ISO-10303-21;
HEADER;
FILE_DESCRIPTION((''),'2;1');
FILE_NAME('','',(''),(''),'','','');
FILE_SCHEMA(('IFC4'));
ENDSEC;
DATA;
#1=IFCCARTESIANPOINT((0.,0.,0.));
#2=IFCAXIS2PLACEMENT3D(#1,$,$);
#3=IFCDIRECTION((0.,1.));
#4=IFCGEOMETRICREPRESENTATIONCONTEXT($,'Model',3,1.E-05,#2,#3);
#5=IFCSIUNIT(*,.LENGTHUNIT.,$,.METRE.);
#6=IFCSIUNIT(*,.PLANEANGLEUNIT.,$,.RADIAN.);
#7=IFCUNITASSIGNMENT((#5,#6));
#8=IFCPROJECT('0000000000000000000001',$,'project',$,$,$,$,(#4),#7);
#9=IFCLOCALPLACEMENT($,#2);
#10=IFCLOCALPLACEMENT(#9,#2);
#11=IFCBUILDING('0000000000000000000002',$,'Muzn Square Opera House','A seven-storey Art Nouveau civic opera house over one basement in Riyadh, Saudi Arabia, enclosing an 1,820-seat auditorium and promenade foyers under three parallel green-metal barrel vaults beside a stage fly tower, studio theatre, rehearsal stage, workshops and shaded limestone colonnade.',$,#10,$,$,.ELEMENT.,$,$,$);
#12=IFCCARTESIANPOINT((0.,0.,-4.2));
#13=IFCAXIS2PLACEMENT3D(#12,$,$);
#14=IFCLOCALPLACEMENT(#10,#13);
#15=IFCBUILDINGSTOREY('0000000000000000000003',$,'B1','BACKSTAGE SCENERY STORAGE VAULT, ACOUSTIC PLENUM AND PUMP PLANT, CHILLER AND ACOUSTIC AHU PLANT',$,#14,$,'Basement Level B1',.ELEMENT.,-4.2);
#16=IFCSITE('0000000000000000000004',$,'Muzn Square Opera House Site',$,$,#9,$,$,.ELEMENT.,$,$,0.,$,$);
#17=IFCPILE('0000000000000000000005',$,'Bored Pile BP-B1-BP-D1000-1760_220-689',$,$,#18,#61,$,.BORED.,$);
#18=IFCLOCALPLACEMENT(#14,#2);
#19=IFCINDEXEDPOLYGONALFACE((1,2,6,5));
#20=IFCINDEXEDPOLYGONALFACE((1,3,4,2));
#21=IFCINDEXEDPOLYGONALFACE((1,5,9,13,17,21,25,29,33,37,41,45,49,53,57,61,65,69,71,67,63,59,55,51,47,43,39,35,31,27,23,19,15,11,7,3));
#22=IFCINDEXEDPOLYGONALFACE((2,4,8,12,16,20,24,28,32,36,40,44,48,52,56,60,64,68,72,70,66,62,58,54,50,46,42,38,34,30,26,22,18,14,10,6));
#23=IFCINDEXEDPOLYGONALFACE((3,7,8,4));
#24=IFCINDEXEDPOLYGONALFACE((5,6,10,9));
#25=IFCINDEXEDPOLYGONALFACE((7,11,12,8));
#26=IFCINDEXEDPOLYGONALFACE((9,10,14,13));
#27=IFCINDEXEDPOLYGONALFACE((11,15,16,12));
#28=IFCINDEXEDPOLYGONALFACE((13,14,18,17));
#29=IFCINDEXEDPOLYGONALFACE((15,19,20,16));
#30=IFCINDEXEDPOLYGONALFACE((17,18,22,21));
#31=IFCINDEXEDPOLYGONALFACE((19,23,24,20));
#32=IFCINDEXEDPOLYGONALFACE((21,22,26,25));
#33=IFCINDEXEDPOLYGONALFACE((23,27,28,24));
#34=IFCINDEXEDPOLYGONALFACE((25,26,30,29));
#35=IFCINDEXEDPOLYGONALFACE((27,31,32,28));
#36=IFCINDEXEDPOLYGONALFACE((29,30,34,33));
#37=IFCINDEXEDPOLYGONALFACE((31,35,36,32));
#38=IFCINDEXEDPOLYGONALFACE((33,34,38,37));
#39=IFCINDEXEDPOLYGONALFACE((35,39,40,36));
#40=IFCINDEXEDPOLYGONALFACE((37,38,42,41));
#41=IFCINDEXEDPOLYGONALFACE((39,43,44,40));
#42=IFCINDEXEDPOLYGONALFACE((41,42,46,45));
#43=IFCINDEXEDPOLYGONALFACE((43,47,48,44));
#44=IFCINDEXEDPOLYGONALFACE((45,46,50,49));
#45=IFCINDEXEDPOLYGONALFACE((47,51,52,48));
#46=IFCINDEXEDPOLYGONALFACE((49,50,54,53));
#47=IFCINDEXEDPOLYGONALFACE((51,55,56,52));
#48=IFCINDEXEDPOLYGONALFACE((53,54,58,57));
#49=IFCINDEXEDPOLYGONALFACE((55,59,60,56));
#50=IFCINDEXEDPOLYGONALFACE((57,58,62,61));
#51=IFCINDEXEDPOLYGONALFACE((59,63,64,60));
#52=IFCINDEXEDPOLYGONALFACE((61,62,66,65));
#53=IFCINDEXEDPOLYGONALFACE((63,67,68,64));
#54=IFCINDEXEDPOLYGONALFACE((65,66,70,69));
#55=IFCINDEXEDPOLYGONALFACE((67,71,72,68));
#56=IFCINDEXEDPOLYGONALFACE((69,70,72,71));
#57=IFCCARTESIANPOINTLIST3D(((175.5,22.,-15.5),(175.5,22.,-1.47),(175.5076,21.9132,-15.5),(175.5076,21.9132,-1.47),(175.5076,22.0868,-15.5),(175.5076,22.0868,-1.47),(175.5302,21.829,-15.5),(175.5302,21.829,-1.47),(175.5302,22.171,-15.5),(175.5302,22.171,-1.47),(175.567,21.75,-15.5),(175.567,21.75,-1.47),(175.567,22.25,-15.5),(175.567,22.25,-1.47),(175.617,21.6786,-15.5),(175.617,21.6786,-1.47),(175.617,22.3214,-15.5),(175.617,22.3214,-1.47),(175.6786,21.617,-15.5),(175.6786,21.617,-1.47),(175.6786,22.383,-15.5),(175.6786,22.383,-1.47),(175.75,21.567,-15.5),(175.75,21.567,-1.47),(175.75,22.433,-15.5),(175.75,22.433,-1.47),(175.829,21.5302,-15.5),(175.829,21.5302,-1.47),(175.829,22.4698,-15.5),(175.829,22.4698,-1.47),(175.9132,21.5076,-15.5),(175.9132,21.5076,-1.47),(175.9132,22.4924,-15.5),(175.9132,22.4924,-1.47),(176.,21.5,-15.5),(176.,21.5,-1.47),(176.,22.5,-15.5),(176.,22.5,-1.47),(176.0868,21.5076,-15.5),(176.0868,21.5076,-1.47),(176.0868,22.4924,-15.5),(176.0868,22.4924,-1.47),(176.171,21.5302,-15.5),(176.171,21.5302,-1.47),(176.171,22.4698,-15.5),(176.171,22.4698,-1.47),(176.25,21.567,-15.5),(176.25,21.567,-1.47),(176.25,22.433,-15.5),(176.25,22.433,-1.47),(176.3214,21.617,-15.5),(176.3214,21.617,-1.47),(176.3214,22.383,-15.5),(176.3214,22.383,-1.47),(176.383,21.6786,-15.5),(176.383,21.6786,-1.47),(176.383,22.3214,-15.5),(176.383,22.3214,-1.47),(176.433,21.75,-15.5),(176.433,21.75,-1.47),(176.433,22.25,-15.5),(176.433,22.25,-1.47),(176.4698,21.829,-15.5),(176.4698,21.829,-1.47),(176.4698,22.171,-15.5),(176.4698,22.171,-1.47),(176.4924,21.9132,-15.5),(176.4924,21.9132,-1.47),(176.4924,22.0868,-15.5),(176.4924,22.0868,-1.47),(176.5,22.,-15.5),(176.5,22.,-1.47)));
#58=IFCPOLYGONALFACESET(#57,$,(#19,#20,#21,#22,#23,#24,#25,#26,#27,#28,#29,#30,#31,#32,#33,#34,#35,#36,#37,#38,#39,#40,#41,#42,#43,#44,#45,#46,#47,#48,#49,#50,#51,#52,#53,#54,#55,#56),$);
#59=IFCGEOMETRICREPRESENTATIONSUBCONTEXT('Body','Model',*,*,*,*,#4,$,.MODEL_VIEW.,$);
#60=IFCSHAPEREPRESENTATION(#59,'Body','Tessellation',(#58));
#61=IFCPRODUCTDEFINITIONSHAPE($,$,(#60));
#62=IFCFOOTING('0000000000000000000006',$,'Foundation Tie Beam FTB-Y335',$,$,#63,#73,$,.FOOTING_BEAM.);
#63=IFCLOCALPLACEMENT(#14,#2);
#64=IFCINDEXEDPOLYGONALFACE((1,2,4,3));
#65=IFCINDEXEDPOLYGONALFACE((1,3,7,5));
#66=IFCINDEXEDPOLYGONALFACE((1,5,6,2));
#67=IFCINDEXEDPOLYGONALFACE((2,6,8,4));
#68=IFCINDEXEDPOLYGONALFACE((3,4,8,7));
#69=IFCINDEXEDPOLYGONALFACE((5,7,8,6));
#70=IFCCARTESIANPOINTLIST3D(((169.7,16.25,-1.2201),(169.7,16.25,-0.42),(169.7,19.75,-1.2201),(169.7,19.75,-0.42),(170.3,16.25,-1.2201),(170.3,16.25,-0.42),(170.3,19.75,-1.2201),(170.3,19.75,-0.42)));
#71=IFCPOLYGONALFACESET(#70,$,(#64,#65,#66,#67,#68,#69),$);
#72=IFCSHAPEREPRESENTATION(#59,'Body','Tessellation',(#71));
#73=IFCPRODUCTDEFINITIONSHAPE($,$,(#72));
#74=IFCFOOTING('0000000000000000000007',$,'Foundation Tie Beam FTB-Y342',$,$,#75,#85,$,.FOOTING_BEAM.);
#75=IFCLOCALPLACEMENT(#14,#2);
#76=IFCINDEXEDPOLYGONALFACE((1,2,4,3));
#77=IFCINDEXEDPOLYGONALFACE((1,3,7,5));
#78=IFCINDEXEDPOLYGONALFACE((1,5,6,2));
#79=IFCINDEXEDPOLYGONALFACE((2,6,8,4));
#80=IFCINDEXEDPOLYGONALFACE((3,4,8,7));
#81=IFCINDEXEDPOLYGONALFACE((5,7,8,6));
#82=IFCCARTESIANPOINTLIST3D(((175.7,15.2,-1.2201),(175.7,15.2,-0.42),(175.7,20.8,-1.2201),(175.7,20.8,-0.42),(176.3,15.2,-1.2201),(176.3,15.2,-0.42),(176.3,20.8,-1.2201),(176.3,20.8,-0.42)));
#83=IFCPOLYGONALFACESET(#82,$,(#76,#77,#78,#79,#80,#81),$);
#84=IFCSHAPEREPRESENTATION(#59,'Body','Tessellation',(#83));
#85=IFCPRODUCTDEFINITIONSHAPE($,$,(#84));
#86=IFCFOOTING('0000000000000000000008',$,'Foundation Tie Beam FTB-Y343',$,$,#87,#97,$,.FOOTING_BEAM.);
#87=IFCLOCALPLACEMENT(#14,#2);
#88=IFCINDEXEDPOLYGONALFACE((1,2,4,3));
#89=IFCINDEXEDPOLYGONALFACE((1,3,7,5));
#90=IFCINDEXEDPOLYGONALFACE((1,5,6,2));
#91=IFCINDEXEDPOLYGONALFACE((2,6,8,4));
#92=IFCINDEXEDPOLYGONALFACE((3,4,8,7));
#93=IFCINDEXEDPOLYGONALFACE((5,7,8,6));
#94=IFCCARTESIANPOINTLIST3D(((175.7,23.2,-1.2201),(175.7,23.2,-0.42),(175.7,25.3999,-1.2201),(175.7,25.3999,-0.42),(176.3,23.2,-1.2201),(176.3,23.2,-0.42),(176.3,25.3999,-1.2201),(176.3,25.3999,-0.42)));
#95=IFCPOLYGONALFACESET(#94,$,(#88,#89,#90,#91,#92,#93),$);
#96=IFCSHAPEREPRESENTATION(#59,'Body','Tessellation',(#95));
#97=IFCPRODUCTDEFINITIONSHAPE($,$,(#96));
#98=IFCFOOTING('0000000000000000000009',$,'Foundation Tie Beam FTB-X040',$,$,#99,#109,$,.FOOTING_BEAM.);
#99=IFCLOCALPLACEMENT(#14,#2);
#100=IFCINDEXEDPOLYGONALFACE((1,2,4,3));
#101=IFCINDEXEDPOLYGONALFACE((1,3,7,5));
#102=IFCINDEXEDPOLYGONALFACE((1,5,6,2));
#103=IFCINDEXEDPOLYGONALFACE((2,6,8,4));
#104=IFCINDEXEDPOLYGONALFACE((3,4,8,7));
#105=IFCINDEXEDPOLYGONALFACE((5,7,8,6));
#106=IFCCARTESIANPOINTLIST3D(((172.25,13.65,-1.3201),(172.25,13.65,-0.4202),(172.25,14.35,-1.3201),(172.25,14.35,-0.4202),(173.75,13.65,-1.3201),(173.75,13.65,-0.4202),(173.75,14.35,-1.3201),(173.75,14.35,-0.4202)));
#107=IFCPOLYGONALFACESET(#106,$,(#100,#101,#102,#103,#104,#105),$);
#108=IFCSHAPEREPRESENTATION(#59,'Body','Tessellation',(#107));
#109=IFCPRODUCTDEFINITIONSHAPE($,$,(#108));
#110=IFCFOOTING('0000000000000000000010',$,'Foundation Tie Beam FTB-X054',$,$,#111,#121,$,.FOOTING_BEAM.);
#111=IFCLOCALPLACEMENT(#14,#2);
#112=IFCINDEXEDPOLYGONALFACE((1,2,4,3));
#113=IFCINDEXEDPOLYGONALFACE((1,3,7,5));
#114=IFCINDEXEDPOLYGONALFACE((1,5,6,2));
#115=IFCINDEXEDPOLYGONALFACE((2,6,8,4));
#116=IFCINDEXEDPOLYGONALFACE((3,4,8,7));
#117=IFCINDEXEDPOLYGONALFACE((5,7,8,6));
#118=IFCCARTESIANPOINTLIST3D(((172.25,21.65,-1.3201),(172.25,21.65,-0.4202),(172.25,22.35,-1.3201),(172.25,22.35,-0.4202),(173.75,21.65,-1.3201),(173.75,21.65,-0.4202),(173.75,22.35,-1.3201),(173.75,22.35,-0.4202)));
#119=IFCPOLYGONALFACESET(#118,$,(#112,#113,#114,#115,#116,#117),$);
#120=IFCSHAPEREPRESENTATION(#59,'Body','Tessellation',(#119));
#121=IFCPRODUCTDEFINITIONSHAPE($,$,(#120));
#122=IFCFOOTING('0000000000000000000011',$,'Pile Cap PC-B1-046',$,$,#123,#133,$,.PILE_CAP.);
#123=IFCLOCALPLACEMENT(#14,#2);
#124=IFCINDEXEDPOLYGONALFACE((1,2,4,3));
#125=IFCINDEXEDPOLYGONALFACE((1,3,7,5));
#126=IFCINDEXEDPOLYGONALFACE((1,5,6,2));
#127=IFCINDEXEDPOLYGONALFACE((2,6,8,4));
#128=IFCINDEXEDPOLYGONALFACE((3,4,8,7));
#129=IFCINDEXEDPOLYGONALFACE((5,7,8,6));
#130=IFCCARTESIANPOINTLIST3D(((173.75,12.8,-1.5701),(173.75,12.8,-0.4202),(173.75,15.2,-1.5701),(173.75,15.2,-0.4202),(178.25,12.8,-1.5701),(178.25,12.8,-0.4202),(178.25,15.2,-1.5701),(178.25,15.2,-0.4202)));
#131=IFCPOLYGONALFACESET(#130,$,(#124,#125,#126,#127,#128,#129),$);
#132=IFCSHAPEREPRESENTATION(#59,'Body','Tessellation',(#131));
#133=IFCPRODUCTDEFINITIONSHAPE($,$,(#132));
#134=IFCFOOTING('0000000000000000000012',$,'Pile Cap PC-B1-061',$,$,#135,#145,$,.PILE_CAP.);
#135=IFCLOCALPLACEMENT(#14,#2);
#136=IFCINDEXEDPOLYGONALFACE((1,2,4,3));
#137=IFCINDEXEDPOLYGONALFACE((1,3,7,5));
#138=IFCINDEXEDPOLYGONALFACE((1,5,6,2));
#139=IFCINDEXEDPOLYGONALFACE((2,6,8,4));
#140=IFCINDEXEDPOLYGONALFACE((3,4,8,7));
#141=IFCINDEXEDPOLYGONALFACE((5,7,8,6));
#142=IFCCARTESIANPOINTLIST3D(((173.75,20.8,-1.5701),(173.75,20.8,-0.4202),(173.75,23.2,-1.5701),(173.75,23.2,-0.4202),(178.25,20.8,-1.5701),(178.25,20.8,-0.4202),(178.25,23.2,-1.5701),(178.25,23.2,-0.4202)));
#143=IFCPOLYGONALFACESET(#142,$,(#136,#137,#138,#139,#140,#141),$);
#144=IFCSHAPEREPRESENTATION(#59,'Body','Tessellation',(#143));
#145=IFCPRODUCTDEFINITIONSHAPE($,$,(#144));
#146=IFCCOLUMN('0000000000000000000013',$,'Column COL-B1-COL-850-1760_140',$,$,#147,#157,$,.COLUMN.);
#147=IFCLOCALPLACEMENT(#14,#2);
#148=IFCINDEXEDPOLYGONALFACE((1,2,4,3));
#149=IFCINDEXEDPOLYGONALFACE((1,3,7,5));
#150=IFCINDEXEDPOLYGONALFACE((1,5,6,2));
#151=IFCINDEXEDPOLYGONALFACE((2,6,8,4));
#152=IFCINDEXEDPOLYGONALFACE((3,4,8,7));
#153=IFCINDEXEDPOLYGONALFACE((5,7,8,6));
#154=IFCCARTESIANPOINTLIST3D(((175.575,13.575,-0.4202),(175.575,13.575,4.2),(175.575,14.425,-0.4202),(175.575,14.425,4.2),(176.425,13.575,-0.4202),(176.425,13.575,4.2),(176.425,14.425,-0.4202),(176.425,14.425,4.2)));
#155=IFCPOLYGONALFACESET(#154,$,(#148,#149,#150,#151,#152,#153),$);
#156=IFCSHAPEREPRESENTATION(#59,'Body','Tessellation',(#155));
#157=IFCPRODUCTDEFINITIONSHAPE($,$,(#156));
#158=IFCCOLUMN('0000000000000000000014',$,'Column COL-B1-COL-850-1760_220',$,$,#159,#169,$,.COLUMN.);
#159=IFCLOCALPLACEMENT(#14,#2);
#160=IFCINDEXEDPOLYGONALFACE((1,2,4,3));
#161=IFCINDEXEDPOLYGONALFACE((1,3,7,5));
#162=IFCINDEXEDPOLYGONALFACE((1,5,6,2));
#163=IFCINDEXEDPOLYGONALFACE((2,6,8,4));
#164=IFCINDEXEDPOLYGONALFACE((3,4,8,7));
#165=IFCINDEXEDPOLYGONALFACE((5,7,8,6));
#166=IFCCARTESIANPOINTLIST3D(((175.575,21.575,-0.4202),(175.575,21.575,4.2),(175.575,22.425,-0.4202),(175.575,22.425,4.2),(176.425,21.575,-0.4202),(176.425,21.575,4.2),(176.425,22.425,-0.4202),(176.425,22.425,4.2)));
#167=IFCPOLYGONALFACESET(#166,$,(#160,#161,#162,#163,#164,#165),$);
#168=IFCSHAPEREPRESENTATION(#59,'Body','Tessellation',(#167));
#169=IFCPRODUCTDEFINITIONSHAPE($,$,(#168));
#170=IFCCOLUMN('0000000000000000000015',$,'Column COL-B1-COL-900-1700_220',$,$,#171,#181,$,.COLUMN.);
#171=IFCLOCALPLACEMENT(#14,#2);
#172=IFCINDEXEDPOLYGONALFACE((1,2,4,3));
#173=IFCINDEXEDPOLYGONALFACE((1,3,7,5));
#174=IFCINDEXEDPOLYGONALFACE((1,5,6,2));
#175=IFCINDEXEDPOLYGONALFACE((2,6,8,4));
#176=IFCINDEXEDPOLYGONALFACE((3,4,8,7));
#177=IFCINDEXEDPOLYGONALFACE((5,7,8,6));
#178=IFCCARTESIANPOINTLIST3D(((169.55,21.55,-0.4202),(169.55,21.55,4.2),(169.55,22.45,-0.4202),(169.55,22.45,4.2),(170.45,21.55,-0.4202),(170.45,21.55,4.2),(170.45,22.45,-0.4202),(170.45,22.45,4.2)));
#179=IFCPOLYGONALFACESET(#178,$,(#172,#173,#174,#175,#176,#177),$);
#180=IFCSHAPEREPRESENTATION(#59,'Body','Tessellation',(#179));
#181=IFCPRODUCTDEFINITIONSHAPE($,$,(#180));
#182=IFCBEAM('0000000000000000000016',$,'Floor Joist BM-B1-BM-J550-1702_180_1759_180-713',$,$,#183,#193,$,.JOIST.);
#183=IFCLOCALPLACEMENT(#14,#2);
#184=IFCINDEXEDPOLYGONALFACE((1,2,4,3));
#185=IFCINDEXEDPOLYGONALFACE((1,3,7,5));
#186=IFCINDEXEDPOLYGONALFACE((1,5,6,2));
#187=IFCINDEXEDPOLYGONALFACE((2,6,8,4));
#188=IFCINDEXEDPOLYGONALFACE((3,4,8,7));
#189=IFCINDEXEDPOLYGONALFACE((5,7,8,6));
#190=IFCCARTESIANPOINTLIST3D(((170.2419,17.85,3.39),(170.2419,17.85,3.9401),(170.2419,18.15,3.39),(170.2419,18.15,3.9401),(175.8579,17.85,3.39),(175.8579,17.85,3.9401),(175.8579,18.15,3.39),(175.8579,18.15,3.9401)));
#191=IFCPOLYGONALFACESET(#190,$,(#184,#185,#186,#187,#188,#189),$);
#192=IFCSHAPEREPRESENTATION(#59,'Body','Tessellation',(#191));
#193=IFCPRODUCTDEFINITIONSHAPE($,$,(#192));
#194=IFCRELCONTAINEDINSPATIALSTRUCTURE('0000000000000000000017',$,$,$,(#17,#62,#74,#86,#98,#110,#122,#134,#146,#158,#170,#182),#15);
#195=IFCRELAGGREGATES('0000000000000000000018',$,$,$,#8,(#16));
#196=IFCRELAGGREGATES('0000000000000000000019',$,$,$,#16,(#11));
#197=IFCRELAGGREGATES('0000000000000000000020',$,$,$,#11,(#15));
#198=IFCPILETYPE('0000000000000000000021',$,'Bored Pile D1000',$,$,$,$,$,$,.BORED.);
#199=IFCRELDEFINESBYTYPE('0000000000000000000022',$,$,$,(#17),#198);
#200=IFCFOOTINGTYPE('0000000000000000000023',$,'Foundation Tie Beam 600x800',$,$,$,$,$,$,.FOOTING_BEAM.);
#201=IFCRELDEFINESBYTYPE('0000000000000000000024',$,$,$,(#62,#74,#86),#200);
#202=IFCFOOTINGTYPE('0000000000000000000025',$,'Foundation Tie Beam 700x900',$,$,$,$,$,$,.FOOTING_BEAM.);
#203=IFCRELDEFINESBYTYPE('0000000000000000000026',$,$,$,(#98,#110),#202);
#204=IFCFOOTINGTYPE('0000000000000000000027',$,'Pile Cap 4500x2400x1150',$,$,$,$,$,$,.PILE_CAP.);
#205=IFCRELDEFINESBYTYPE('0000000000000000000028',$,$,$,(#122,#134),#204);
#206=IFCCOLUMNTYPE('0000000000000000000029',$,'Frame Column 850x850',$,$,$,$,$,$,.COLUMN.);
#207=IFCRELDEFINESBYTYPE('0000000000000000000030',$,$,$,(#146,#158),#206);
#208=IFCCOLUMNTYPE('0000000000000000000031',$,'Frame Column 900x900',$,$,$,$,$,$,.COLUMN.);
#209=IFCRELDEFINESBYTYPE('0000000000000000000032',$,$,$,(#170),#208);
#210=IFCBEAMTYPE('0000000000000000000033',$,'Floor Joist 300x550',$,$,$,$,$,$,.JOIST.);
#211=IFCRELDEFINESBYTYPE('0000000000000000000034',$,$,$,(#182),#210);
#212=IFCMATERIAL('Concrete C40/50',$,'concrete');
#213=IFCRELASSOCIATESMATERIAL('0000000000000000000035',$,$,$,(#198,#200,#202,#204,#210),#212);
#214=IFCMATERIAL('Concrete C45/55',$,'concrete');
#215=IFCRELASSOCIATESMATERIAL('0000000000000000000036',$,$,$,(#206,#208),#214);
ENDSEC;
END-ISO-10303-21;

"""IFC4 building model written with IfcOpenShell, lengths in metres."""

from ifc_helpers import new_model, si_unit, direction, frame, origin, origin_2d, place, context, subcontext, project, spatial, rectangle, circle, extrude, material, material_profile, profile_set, type_object, element, save


model = new_model("IFC4")

# Units and contexts
model_context = context("Model", 3, precision=1e-05, world=origin(), true_north=direction((0.0, 1.0)))
body_context = subcontext(model_context, "Body", "Model", "MODEL_VIEW")
ifc_project = project(units=[si_unit("LENGTHUNIT", "METRE"), si_unit("PLANEANGLEUNIT", "RADIAN")], contexts=[model_context])

# Site, building, storey
site_placement = place(None, origin())
site = spatial("IfcSite", under=ifc_project, at=site_placement, Name="Muzn Square Opera House Site", CompositionType="ELEMENT", RefElevation=0.0)
building_placement = place(site_placement, origin())
building = spatial("IfcBuilding", under=site, at=building_placement, Name="Muzn Square Opera House", Description="A seven-storey Art Nouveau civic opera house over one basement in Riyadh, Saudi Arabia, enclosing an 1,820-seat auditorium and promenade foyers under three parallel green-metal barrel vaults beside a stage fly tower, studio theatre, rehearsal stage, workshops and shaded limestone colonnade.", CompositionType="ELEMENT")
storey_placement = place(building_placement, frame((0.0, 0.0, -4.2)))
storey = spatial("IfcBuildingStorey", under=building, at=storey_placement, Name="B1", Description="BACKSTAGE SCENERY STORAGE VAULT, ACOUSTIC PLENUM AND PUMP PLANT, CHILLER AND ACOUSTIC AHU PLANT", LongName="Basement Level B1", CompositionType="ELEMENT", Elevation=-4.2)

# Pile
ifc_material_1 = material(Name="Concrete C40/50", Category="concrete")
ifc_material_profile_1 = material_profile(ifc_material_1, circle(Radius=0.5, at=origin_2d()), Name="BORED PILE D1000", Category="concrete")
ifc_profile_set_1 = profile_set([ifc_material_profile_1], Name="Concrete C40/50")
pile_type = type_object("IfcPileType", Name="Bored Pile D1000", PredefinedType="BORED", material=ifc_profile_set_1)
pile_1_placement = place(storey_placement, frame((176.0, 22.0, -1.47), z_axis=(0.0, 0.0, -1.0), x_axis=(1.0, 0.0, 0.0)))
element("IfcPile", 1, at=pile_1_placement, inside=storey, type_object=pile_type, Name="Bored Pile BP-B1-BP-D1000-1760_220-689", PredefinedType="BORED", context=body_context, shape_type="SweptSolid", body=[
    extrude(circle(Radius=0.5, at=origin_2d()), origin(), (0.0, 0.0, 1.0), 14.03),
])

# Footings
ifc_material_profile_2 = material_profile(ifc_material_1, rectangle(XDim=0.6001, YDim=0.8, at=origin_2d()), Name="RCTB 600x800", Category="concrete")
ifc_profile_set_2 = profile_set([ifc_material_profile_2], Name="Concrete C40/50")
footing_type_1 = type_object("IfcFootingType", Name="Foundation Tie Beam 600x800", PredefinedType="FOOTING_BEAM", material=ifc_profile_set_2)
footing_1_placement = place(storey_placement, frame((170.0, 16.25, -0.8201), z_axis=(0.0, 1.0, 0.0), x_axis=(-1.0, 0.0, 0.0)))
element("IfcFooting", 2, at=footing_1_placement, inside=storey, type_object=footing_type_1, Name="Foundation Tie Beam FTB-Y335", PredefinedType="FOOTING_BEAM", context=body_context, shape_type="SweptSolid", body=[
    extrude(rectangle(XDim=0.6001, YDim=0.8, at=origin_2d()), origin(), (0.0, 0.0, 1.0), 3.5),
])
footing_2_placement = place(storey_placement, frame((176.0, 15.2, -0.8201), z_axis=(0.0, 1.0, 0.0), x_axis=(-1.0, 0.0, 0.0)))
element("IfcFooting", 3, at=footing_2_placement, inside=storey, type_object=footing_type_1, Name="Foundation Tie Beam FTB-Y342", PredefinedType="FOOTING_BEAM", context=body_context, shape_type="SweptSolid", body=[
    extrude(rectangle(XDim=0.6001, YDim=0.8, at=origin_2d()), origin(), (0.0, 0.0, 1.0), 5.6001),
])
footing_3_placement = place(storey_placement, frame((176.0, 23.2, -0.8201), z_axis=(0.0, 1.0, 0.0), x_axis=(-1.0, 0.0, 0.0)))
element("IfcFooting", 4, at=footing_3_placement, inside=storey, type_object=footing_type_1, Name="Foundation Tie Beam FTB-Y343", PredefinedType="FOOTING_BEAM", context=body_context, shape_type="SweptSolid", body=[
    extrude(rectangle(XDim=0.6001, YDim=0.8, at=origin_2d()), origin(), (0.0, 0.0, 1.0), 2.2),
])
ifc_material_profile_3 = material_profile(ifc_material_1, rectangle(XDim=0.7, YDim=0.8999, at=origin_2d()), Name="RCTB 700x900", Category="concrete")
ifc_profile_set_3 = profile_set([ifc_material_profile_3], Name="Concrete C40/50")
footing_type_2 = type_object("IfcFootingType", Name="Foundation Tie Beam 700x900", PredefinedType="FOOTING_BEAM", material=ifc_profile_set_3)
for number, where, z_axis, x_axis, name in (
    (5, (172.25, 14.0, -0.8701), (1.0, 0.0, 0.0), (0.0, 1.0, 0.0), "Foundation Tie Beam FTB-X040"),
    (6, (172.25, 22.0, -0.8701), (1.0, 0.0, 0.0), (0.0, 1.0, 0.0), "Foundation Tie Beam FTB-X054"),
):
    element("IfcFooting", number, at=place(storey_placement, frame(where, z_axis=z_axis, x_axis=x_axis)), inside=storey, type_object=footing_type_2, Name=name, PredefinedType="FOOTING_BEAM", context=body_context, shape_type="SweptSolid", body=[
        extrude(rectangle(XDim=0.7, YDim=0.8999, at=origin_2d()), origin(), (0.0, 0.0, 1.0), 1.5),
    ])
footing_type_3 = type_object("IfcFootingType", Name="Pile Cap 4500x2400x1150", PredefinedType="PILE_CAP", material=ifc_material_1)
for number, where, z_axis, x_axis, name in (
    (7, (176.0, 14.0, -1.5701), (0.0, 0.0, 1.0), (1.0, 0.0, 0.0), "Pile Cap PC-B1-046"),
    (8, (176.0, 22.0, -1.5701), (0.0, 0.0, 1.0), (1.0, 0.0, 0.0), "Pile Cap PC-B1-061"),
):
    element("IfcFooting", number, at=place(storey_placement, frame(where, z_axis=z_axis, x_axis=x_axis)), inside=storey, type_object=footing_type_3, Name=name, PredefinedType="PILE_CAP", context=body_context, shape_type="SweptSolid", body=[
        extrude(rectangle(XDim=4.5, YDim=2.3999, at=origin_2d()), origin(), (0.0, 0.0, 1.0), 1.1499),
    ])

# Columns
ifc_material_2 = material(Name="Concrete C45/55", Category="concrete")
ifc_material_profile_4 = material_profile(ifc_material_2, rectangle(XDim=0.8501, YDim=0.8501, at=origin_2d()), Name="RC 850x850", Category="concrete")
ifc_profile_set_4 = profile_set([ifc_material_profile_4], Name="Concrete C45/55")
column_type_1 = type_object("IfcColumnType", Name="Frame Column 850x850", PredefinedType="COLUMN", material=ifc_profile_set_4)
for number, where, z_axis, x_axis, name in (
    (9, (176.0, 14.0, -0.4202), (0.0, 0.0, 1.0), (1.0, 0.0, 0.0), "Column COL-B1-COL-850-1760_140"),
    (10, (176.0, 22.0, -0.4202), (0.0, 0.0, 1.0), (1.0, 0.0, 0.0), "Column COL-B1-COL-850-1760_220"),
):
    element("IfcColumn", number, at=place(storey_placement, frame(where, z_axis=z_axis, x_axis=x_axis)), inside=storey, type_object=column_type_1, Name=name, PredefinedType="COLUMN", context=body_context, shape_type="SweptSolid", body=[
        extrude(rectangle(XDim=0.8501, YDim=0.8501, at=origin_2d()), origin(), (0.0, 0.0, 1.0), 4.6201),
    ])
ifc_material_profile_5 = material_profile(ifc_material_2, rectangle(XDim=0.8999, YDim=0.8999, at=origin_2d()), Name="RC 900x900", Category="concrete")
ifc_profile_set_5 = profile_set([ifc_material_profile_5], Name="Concrete C45/55")
column_type_2 = type_object("IfcColumnType", Name="Frame Column 900x900", PredefinedType="COLUMN", material=ifc_profile_set_5)
column_placement = place(storey_placement, frame((170.0, 22.0, -0.4202), z_axis=(0.0, 0.0, 1.0), x_axis=(1.0, 0.0, 0.0)))
element("IfcColumn", 11, at=column_placement, inside=storey, type_object=column_type_2, Name="Column COL-B1-COL-900-1700_220", PredefinedType="COLUMN", context=body_context, shape_type="SweptSolid", body=[
    extrude(rectangle(XDim=0.8999, YDim=0.8999, at=origin_2d()), origin(), (0.0, 0.0, 1.0), 4.6201),
])

# Beam
ifc_material_profile_6 = material_profile(ifc_material_1, rectangle(XDim=0.3, YDim=0.55, at=origin_2d()), Name="RCJ 300x550", Category="concrete")
ifc_profile_set_6 = profile_set([ifc_material_profile_6], Name="Concrete C40/50")
beam_type_1 = type_object("IfcBeamType", Name="Floor Joist 300x550", PredefinedType="JOIST", material=ifc_profile_set_6)
beam_1_placement = place(storey_placement, frame((170.2419, 18.0, 3.665), z_axis=(1.0, 0.0, 0.0), x_axis=(0.0, 1.0, 0.0)))
element("IfcBeam", 12, at=beam_1_placement, inside=storey, type_object=beam_type_1, Name="Floor Joist BM-B1-BM-J550-1702_180_1759_180-713", PredefinedType="JOIST", context=body_context, shape_type="SweptSolid", body=[
    extrude(rectangle(XDim=0.3, YDim=0.55, at=origin_2d()), origin(), (0.0, 0.0, 1.0), 5.616),
])

save(model, "model.ifc")
